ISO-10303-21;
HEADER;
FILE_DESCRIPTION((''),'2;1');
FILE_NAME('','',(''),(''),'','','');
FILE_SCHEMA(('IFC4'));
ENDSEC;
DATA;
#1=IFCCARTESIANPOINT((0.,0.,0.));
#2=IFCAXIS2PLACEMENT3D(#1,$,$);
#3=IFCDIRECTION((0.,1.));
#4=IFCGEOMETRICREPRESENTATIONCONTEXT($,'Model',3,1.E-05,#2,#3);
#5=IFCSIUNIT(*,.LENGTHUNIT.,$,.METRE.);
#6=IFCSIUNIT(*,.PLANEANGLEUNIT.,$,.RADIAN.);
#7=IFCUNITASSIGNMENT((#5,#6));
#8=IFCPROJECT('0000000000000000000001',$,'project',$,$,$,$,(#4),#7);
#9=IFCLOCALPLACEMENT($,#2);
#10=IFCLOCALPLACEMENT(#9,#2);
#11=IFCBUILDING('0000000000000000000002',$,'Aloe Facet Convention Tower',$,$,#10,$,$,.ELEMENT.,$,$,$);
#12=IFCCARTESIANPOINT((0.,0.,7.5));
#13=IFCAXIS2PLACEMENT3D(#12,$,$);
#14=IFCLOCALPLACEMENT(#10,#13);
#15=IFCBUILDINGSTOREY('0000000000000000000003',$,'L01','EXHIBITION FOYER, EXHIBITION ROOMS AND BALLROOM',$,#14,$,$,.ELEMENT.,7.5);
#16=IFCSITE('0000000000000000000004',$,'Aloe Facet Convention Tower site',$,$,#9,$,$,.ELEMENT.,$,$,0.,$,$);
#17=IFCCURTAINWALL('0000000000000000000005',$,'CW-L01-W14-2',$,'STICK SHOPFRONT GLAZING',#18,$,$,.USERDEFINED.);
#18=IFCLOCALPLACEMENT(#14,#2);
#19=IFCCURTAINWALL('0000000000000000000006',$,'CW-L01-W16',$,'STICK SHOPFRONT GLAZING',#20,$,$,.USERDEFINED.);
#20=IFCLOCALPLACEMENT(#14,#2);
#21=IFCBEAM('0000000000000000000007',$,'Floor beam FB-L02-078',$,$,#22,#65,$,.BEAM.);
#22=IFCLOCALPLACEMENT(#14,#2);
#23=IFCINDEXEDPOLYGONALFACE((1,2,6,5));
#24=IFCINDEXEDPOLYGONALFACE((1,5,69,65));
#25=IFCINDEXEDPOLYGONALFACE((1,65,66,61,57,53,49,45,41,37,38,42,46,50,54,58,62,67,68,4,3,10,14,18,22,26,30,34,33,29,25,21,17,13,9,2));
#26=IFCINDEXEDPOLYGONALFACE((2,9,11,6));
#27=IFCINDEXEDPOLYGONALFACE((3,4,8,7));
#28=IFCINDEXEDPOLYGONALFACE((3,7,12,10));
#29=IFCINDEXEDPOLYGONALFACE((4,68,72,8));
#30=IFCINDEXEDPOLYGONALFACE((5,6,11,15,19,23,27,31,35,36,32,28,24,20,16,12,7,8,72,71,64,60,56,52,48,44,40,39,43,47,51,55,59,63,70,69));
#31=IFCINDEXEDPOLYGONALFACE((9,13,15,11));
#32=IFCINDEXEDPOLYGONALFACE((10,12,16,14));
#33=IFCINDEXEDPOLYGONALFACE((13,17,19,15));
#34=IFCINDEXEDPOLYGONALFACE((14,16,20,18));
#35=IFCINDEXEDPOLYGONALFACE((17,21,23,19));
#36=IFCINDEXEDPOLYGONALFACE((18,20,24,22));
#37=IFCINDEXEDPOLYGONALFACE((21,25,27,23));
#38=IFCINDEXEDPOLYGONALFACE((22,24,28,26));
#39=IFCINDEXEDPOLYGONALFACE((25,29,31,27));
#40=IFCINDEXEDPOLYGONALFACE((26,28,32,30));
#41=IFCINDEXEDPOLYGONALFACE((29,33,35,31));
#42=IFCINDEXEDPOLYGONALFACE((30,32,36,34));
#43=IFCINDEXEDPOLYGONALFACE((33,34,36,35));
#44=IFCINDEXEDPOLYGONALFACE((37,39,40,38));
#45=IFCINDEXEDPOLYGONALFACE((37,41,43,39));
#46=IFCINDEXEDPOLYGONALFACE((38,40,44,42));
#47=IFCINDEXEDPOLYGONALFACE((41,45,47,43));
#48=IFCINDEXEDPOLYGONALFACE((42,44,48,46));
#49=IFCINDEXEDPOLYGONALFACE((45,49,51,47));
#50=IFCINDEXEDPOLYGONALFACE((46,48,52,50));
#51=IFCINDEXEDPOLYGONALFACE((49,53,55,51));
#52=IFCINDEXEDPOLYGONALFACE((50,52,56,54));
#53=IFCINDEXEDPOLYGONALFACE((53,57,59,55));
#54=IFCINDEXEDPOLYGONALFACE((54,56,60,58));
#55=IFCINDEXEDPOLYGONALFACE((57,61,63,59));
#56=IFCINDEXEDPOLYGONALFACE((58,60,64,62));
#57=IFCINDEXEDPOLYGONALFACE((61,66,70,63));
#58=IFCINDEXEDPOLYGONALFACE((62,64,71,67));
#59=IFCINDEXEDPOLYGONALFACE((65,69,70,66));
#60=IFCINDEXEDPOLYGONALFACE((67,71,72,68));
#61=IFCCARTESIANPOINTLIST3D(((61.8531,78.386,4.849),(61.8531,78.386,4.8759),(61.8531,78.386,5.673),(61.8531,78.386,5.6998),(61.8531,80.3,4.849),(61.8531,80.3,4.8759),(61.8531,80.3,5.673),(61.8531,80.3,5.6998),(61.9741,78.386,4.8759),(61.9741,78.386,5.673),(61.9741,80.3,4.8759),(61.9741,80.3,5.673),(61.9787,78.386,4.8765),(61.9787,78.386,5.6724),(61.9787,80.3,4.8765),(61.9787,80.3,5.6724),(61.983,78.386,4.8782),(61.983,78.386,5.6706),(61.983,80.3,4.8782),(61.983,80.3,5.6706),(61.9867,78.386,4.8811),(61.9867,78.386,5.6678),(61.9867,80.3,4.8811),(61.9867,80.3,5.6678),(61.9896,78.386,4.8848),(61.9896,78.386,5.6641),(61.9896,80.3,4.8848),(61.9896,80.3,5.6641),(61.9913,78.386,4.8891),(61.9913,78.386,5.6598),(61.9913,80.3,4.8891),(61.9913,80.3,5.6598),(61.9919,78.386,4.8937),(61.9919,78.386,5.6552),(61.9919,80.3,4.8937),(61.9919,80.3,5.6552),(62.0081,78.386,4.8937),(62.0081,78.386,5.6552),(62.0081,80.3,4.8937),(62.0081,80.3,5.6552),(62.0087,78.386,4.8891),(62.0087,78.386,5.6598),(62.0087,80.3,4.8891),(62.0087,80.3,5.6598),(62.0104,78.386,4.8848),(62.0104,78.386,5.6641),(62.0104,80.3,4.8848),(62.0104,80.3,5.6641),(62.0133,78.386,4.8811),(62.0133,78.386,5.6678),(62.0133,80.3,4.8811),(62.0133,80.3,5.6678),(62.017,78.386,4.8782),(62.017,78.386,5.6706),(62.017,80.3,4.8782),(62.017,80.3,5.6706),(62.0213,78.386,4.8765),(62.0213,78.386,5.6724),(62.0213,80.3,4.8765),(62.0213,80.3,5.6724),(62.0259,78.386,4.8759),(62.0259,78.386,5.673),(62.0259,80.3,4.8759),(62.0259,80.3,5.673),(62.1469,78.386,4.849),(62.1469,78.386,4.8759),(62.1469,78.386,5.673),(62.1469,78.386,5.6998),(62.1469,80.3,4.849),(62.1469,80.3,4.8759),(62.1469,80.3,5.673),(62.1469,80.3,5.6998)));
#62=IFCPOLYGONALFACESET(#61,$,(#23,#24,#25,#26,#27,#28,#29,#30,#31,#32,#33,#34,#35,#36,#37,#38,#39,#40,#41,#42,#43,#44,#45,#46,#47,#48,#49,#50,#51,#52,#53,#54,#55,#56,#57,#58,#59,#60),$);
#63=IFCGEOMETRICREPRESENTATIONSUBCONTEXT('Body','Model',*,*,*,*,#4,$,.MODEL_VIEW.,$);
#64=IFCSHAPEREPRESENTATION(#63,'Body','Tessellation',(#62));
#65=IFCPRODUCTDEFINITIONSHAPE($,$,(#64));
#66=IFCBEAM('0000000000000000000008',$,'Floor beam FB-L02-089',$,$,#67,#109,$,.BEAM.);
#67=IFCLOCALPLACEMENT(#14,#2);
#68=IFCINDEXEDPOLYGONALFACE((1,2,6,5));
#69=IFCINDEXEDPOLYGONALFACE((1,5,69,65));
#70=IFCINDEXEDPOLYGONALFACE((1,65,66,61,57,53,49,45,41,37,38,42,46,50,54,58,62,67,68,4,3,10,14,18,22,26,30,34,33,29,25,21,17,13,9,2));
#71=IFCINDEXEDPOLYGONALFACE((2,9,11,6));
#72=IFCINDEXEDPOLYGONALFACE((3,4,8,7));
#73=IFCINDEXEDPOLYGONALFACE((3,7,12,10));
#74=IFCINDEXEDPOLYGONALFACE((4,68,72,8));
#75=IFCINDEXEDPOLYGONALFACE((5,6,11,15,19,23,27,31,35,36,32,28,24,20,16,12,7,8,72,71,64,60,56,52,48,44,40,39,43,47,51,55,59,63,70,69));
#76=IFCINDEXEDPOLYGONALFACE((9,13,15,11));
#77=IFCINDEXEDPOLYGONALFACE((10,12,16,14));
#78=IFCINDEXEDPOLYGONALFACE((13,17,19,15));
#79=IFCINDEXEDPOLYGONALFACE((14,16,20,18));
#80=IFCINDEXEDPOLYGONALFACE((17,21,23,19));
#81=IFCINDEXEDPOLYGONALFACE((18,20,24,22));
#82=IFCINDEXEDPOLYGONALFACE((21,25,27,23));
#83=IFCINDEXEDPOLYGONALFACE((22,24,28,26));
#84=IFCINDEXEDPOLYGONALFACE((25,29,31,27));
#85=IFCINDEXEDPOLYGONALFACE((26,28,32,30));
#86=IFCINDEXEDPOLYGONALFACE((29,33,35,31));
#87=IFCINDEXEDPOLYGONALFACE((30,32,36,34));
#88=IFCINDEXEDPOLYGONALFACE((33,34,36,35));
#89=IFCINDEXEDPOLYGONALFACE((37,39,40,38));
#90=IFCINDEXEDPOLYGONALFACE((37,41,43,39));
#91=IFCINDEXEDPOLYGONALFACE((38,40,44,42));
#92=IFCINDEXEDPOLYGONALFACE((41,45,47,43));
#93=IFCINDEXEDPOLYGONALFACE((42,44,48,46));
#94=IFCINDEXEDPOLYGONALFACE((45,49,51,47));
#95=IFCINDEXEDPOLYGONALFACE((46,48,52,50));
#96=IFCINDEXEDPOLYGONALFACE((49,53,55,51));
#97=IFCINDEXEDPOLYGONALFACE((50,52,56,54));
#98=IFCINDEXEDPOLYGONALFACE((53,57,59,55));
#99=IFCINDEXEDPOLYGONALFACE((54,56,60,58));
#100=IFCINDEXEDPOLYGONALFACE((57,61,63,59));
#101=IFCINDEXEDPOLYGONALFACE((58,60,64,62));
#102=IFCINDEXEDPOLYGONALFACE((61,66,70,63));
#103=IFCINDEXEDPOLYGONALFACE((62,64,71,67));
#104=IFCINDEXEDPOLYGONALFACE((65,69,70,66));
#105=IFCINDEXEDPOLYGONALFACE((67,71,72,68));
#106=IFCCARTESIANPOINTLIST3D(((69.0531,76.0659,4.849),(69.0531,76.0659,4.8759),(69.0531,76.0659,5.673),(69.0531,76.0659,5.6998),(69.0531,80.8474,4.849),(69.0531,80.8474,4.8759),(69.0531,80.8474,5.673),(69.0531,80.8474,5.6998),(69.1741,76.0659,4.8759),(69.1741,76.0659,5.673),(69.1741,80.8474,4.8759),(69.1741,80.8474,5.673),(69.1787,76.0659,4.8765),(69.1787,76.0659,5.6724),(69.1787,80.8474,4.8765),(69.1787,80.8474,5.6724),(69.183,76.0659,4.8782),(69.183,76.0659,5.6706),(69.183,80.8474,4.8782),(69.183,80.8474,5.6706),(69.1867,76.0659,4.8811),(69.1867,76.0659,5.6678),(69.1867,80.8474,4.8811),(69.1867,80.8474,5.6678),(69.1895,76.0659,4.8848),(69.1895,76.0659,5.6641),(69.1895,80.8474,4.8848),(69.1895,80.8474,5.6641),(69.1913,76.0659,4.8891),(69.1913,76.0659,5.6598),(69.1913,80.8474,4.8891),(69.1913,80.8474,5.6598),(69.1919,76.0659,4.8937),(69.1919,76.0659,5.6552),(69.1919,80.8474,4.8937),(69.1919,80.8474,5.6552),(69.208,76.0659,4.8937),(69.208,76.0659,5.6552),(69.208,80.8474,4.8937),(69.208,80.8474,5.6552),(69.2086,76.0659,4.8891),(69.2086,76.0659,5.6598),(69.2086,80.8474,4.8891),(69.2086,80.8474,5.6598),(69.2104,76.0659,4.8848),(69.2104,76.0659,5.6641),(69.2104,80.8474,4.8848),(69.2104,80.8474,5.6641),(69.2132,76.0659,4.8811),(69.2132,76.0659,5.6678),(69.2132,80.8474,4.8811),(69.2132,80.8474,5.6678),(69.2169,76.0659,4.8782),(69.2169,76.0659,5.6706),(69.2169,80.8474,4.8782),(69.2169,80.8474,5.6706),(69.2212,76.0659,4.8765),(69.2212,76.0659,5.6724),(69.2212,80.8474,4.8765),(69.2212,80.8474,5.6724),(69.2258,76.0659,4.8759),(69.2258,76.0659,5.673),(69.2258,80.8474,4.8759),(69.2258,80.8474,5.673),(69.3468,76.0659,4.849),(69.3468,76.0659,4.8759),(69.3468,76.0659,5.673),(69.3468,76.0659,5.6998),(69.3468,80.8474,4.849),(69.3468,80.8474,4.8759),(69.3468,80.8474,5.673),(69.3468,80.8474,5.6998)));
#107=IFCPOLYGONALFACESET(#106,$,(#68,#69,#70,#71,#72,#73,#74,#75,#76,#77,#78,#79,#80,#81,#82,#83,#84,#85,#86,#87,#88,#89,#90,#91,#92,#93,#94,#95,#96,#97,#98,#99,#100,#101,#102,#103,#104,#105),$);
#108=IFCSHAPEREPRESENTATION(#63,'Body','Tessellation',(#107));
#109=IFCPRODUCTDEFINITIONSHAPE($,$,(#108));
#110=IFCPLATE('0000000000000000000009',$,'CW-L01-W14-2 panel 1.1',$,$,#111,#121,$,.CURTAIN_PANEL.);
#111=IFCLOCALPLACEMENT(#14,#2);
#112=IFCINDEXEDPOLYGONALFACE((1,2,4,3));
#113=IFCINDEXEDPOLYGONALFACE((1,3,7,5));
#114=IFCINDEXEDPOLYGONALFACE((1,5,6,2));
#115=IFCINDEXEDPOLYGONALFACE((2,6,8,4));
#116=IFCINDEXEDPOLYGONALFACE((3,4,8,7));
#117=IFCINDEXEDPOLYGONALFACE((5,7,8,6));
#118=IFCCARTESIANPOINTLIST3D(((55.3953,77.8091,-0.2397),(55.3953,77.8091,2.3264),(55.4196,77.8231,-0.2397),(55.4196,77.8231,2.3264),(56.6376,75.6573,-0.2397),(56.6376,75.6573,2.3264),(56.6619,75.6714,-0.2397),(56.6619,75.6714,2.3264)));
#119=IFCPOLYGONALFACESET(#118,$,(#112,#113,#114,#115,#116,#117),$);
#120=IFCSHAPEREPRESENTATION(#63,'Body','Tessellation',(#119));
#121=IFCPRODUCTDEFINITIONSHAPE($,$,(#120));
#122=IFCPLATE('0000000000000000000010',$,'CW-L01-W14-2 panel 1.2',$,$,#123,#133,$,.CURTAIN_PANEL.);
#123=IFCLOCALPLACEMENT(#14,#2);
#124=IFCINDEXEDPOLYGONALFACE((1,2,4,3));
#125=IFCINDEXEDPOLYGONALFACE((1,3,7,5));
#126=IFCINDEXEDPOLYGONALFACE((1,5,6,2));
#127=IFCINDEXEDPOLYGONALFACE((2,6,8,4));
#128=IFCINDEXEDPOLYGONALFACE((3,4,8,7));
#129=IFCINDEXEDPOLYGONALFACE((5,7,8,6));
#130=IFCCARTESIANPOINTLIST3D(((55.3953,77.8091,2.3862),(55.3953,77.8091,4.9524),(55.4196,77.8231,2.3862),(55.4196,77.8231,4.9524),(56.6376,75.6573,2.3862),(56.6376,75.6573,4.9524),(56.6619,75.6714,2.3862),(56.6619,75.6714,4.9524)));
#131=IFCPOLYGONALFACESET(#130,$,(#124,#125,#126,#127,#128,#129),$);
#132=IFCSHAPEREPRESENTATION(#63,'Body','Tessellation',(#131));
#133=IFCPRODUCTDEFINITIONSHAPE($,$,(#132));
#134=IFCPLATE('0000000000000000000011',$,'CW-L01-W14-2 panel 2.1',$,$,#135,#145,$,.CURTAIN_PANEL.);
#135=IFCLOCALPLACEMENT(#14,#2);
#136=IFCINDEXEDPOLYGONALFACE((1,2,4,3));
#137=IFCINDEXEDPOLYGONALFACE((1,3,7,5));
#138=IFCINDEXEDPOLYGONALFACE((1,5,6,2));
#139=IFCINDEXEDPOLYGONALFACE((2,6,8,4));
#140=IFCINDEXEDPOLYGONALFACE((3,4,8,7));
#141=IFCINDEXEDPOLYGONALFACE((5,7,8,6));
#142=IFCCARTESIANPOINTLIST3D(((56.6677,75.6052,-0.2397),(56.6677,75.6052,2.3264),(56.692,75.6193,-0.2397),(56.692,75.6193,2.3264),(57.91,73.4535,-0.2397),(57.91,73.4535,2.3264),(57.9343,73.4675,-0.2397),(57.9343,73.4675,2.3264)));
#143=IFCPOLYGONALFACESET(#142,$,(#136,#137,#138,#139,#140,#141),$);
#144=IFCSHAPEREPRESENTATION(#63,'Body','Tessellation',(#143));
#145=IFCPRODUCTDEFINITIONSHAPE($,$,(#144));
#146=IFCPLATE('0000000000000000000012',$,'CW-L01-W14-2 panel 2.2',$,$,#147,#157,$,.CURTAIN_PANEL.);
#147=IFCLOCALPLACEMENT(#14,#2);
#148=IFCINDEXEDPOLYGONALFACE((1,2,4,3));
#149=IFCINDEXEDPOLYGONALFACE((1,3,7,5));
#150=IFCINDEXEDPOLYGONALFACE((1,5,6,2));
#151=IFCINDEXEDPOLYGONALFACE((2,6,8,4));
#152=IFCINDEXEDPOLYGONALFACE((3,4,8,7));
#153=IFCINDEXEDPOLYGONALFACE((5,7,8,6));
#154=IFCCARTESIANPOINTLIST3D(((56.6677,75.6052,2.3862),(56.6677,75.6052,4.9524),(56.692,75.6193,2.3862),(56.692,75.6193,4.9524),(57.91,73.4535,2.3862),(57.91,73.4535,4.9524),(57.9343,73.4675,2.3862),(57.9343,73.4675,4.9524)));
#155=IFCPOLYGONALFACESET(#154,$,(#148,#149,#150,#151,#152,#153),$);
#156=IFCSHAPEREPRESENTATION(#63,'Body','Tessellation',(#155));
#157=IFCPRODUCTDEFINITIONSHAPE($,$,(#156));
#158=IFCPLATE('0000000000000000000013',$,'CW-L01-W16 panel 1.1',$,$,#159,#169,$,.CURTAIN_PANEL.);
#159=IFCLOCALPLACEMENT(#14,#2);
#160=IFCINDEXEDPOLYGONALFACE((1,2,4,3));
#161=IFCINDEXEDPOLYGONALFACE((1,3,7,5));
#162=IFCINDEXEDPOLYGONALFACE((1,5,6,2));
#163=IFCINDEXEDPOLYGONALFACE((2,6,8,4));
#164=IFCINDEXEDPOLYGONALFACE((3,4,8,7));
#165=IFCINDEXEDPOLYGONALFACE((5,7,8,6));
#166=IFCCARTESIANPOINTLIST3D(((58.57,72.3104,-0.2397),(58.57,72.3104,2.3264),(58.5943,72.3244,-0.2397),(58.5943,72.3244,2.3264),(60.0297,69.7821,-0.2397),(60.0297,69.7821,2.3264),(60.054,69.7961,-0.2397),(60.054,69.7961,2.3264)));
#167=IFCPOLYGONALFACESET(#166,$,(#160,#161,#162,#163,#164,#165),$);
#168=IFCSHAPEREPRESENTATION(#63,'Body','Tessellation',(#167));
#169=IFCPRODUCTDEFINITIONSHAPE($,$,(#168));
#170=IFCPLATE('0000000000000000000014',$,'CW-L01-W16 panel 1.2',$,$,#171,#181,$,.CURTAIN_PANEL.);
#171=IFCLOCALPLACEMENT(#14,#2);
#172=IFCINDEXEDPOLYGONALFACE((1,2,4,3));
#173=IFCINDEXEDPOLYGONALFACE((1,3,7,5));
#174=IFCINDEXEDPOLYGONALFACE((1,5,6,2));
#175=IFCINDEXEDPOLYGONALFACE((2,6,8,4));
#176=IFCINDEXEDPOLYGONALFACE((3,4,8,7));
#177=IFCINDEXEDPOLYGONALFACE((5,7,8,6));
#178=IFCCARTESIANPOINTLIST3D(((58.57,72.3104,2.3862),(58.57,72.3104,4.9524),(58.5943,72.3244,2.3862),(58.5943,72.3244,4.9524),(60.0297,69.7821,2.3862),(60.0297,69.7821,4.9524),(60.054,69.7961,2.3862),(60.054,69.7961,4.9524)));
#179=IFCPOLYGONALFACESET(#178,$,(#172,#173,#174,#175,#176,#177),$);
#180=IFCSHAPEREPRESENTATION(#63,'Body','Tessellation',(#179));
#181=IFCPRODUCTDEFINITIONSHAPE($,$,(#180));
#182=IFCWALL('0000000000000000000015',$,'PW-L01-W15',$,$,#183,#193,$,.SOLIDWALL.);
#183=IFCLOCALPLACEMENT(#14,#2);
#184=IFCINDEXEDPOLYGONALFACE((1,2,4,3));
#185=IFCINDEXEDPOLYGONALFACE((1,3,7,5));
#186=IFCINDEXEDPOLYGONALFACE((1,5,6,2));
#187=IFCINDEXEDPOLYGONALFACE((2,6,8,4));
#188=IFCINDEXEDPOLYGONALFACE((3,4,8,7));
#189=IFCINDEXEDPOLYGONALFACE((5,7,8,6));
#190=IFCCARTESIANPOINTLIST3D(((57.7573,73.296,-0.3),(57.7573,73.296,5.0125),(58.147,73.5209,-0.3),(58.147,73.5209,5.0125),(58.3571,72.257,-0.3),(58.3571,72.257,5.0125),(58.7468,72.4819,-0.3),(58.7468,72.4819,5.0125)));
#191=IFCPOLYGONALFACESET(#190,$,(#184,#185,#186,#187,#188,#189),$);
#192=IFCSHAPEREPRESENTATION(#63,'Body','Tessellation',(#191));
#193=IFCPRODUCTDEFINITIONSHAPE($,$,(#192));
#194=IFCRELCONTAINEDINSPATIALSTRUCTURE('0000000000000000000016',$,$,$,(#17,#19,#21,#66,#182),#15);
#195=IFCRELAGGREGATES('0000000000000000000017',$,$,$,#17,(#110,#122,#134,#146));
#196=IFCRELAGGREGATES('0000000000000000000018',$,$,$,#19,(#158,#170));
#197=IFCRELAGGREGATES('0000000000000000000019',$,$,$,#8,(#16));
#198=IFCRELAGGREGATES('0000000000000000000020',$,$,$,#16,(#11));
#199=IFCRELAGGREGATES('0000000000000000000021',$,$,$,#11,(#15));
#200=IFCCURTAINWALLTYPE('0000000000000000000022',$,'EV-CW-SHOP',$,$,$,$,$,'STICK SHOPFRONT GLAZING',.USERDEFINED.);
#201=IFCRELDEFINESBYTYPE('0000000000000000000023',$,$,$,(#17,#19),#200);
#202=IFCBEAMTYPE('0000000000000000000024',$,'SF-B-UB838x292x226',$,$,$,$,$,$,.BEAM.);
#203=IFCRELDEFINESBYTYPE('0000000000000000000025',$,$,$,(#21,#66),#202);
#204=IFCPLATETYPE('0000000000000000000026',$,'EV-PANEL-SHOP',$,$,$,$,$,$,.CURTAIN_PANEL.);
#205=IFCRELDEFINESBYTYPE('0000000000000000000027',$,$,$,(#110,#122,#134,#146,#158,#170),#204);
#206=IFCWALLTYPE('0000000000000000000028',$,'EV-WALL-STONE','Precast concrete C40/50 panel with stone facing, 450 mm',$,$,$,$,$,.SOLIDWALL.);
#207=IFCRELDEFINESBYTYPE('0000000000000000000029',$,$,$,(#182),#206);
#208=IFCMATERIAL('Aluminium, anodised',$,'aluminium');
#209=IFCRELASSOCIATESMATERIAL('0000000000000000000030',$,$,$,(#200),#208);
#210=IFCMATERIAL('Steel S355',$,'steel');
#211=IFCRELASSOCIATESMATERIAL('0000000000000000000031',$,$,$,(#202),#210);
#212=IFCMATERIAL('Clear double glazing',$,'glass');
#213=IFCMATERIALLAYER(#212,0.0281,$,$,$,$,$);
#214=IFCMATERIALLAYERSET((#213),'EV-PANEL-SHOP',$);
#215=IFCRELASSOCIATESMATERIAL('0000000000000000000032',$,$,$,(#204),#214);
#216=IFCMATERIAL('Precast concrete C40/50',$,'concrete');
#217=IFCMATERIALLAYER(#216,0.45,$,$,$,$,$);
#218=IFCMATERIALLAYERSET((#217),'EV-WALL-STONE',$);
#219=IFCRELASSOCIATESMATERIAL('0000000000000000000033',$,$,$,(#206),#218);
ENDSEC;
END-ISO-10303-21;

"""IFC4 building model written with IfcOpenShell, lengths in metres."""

from ifc_helpers import new_model, si_unit, direction, frame, frame_2d, origin, origin_2d, place, context, subcontext, project, spatial, rectangle, i_section, extrude, material, layer, layer_set, material_profile, profile_set, type_object, element, aggregate, save


model = new_model("IFC4")

# Units and contexts
model_context = context("Model", 3, precision=1e-05, world=origin(), true_north=direction((0.0, 1.0)))
body_context = subcontext(model_context, "Body", "Model", "MODEL_VIEW")
ifc_project = project(units=[si_unit("LENGTHUNIT", "METRE"), si_unit("PLANEANGLEUNIT", "RADIAN")], contexts=[model_context])

# Site, building, storey
site_placement = place(None, origin())
site = spatial("IfcSite", under=ifc_project, at=site_placement, Name="Aloe Facet Convention Tower site", CompositionType="ELEMENT", RefElevation=0.0)
building_placement = place(site_placement, origin())
building = spatial("IfcBuilding", under=site, at=building_placement, Name="Aloe Facet Convention Tower", CompositionType="ELEMENT")
storey_placement = place(building_placement, frame((0.0, 0.0, 7.5)))
storey = spatial("IfcBuildingStorey", under=building, at=storey_placement, Name="L01", Description="EXHIBITION FOYER, EXHIBITION ROOMS AND BALLROOM", CompositionType="ELEMENT", Elevation=7.5)

# Shared definitions
ifc_material_1 = material(Name="Aluminium, anodised", Category="aluminium")
curtain_wall_type = type_object("IfcCurtainWallType", Name="EV-CW-SHOP", ElementType="STICK SHOPFRONT GLAZING", PredefinedType="USERDEFINED", material=ifc_material_1)

# Curtain walls
curtain_wall_1_placement = place(storey_placement, origin())
curtain_wall_1 = element("IfcCurtainWall", 1, at=curtain_wall_1_placement, inside=storey, type_object=curtain_wall_type, Name="CW-L01-W14-2", ObjectType="STICK SHOPFRONT GLAZING", PredefinedType="USERDEFINED")
curtain_wall_2_placement = place(storey_placement, origin())
curtain_wall_2 = element("IfcCurtainWall", 2, at=curtain_wall_2_placement, inside=storey, type_object=curtain_wall_type, Name="CW-L01-W16", ObjectType="STICK SHOPFRONT GLAZING", PredefinedType="USERDEFINED")

# Beams
ifc_material_2 = material(Name="Steel S355", Category="steel")
ifc_material_profile_1 = material_profile(ifc_material_2, i_section(OverallWidth=0.2937, OverallDepth=0.8508, WebThickness=0.0161, FlangeThickness=0.0269, FilletRadius=0.0178, at=origin_2d()), Name="UB 838x292x226")
ifc_profile_set_1 = profile_set([ifc_material_profile_1], Name="Steel S355")
beam_type_1 = type_object("IfcBeamType", Name="SF-B-UB838x292x226", PredefinedType="BEAM", material=ifc_profile_set_1)
beam_1_placement = place(storey_placement, frame((62.0, 78.386, 5.2744), z_axis=(0.0, 1.0, 0.0), x_axis=(-1.0, 0.0, 0.0)))
element("IfcBeam", 3, at=beam_1_placement, inside=storey, type_object=beam_type_1, Name="Floor beam FB-L02-078", PredefinedType="BEAM", context=body_context, shape_type="SweptSolid", body=[
    extrude(i_section(OverallWidth=0.2937, OverallDepth=0.8508, WebThickness=0.0161, FlangeThickness=0.0269, FilletRadius=0.0178, at=origin_2d()), origin(), (0.0, 0.0, 1.0), 1.9141),
])
beam_2_placement = place(storey_placement, frame((69.2, 76.0659, 5.2744), z_axis=(0.0, 1.0, 0.0), x_axis=(-1.0, 0.0, 0.0)))
element("IfcBeam", 4, at=beam_2_placement, inside=storey, type_object=beam_type_1, Name="Floor beam FB-L02-089", PredefinedType="BEAM", context=body_context, shape_type="SweptSolid", body=[
    extrude(i_section(OverallWidth=0.2937, OverallDepth=0.8508, WebThickness=0.0161, FlangeThickness=0.0269, FilletRadius=0.0178, at=origin_2d()), origin(), (0.0, 0.0, 1.0), 4.7815),
])

# Plates
ifc_material_3 = material(Name="Clear double glazing", Category="glass")
ifc_layer_1 = layer(ifc_material_3, 0.0281)
ifc_layer_set_1 = layer_set([ifc_layer_1], Name="EV-PANEL-SHOP")
plate_type = type_object("IfcPlateType", Name="EV-PANEL-SHOP", PredefinedType="CURTAIN_PANEL", material=ifc_layer_set_1)
plate_1_placement = place(storey_placement, frame((56.0286, 76.7402, -0.2397), z_axis=(0.0, 0.0, 1.0), x_axis=(0.5, -0.866025, 0.0)))
plate_1 = element("IfcPlate", 5, at=plate_1_placement, type_object=plate_type, Name="CW-L01-W14-2 panel 1.1", PredefinedType="CURTAIN_PANEL", context=body_context, shape_type="SweptSolid", body=[
    extrude(rectangle(XDim=2.4846, YDim=0.0281, at=origin_2d()), origin(), (0.0, 0.0, 1.0), 2.5662),
])
plate_2_placement = place(storey_placement, frame((56.0286, 76.7402, 2.3862), z_axis=(0.0, 0.0, 1.0), x_axis=(0.5, -0.866025, 0.0)))
plate_2 = element("IfcPlate", 6, at=plate_2_placement, type_object=plate_type, Name="CW-L01-W14-2 panel 1.2", PredefinedType="CURTAIN_PANEL", context=body_context, shape_type="SweptSolid", body=[
    extrude(rectangle(XDim=2.4846, YDim=0.0281, at=origin_2d()), origin(), (0.0, 0.0, 1.0), 2.5662),
])
plate_3_placement = place(storey_placement, frame((57.301, 74.5364, -0.2397), z_axis=(0.0, 0.0, 1.0), x_axis=(0.5, -0.866025, 0.0)))
plate_3 = element("IfcPlate", 7, at=plate_3_placement, type_object=plate_type, Name="CW-L01-W14-2 panel 2.1", PredefinedType="CURTAIN_PANEL", context=body_context, shape_type="SweptSolid", body=[
    extrude(rectangle(XDim=2.4846, YDim=0.0281, at=origin_2d()), origin(), (0.0, 0.0, 1.0), 2.5662),
])
plate_4_placement = place(storey_placement, frame((57.301, 74.5364, 2.3862), z_axis=(0.0, 0.0, 1.0), x_axis=(0.5, -0.866025, 0.0)))
plate_4 = element("IfcPlate", 8, at=plate_4_placement, type_object=plate_type, Name="CW-L01-W14-2 panel 2.2", PredefinedType="CURTAIN_PANEL", context=body_context, shape_type="SweptSolid", body=[
    extrude(rectangle(XDim=2.4846, YDim=0.0281, at=origin_2d()), origin(), (0.0, 0.0, 1.0), 2.5662),
])
aggregate(curtain_wall_1, [plate_1, plate_2, plate_3, plate_4])
plate_5_placement = place(storey_placement, frame((59.312, 71.0532, -0.2397), z_axis=(0.0, 0.0, 1.0), x_axis=(0.5, -0.866025, 0.0)))
plate_5 = element("IfcPlate", 9, at=plate_5_placement, type_object=plate_type, Name="CW-L01-W16 panel 1.1", PredefinedType="CURTAIN_PANEL", context=body_context, shape_type="SweptSolid", body=[
    extrude(rectangle(XDim=2.9194, YDim=0.0281, at=origin_2d()), origin(), (0.0, 0.0, 1.0), 2.5662),
])
plate_6_placement = place(storey_placement, frame((59.312, 71.0532, 2.3862), z_axis=(0.0, 0.0, 1.0), x_axis=(0.5, -0.866025, 0.0)))
plate_6 = element("IfcPlate", 10, at=plate_6_placement, type_object=plate_type, Name="CW-L01-W16 panel 1.2", PredefinedType="CURTAIN_PANEL", context=body_context, shape_type="SweptSolid", body=[
    extrude(rectangle(XDim=2.9194, YDim=0.0281, at=origin_2d()), origin(), (0.0, 0.0, 1.0), 2.5662),
])
aggregate(curtain_wall_2, [plate_5, plate_6])

# Wall
ifc_material_4 = material(Name="Precast concrete C40/50", Category="concrete")
ifc_layer_2 = layer(ifc_material_4, 0.45)
ifc_layer_set_2 = layer_set([ifc_layer_2], Name="EV-WALL-STONE")
wall_type_1 = type_object("IfcWallType", Name="EV-WALL-STONE", Description="Precast concrete C40/50 panel with stone facing, 450 mm", PredefinedType="SOLIDWALL", material=ifc_layer_set_2)
wall_1_placement = place(storey_placement, frame((57.9521, 73.4084, -0.3), z_axis=(0.0, 0.0, 1.0), x_axis=(0.499969, -0.866043, 0.0)))
element("IfcWall", 11, at=wall_1_placement, inside=storey, type_object=wall_type_1, Name="PW-L01-W15", PredefinedType="SOLIDWALL", context=body_context, shape_type="SweptSolid", body=[
    extrude(rectangle(XDim=1.1997, YDim=0.45, at=frame_2d((0.5999, 0.0))), origin(), (0.0, 0.0, 1.0), 5.3125),
])

save(model, "model.ifc")
